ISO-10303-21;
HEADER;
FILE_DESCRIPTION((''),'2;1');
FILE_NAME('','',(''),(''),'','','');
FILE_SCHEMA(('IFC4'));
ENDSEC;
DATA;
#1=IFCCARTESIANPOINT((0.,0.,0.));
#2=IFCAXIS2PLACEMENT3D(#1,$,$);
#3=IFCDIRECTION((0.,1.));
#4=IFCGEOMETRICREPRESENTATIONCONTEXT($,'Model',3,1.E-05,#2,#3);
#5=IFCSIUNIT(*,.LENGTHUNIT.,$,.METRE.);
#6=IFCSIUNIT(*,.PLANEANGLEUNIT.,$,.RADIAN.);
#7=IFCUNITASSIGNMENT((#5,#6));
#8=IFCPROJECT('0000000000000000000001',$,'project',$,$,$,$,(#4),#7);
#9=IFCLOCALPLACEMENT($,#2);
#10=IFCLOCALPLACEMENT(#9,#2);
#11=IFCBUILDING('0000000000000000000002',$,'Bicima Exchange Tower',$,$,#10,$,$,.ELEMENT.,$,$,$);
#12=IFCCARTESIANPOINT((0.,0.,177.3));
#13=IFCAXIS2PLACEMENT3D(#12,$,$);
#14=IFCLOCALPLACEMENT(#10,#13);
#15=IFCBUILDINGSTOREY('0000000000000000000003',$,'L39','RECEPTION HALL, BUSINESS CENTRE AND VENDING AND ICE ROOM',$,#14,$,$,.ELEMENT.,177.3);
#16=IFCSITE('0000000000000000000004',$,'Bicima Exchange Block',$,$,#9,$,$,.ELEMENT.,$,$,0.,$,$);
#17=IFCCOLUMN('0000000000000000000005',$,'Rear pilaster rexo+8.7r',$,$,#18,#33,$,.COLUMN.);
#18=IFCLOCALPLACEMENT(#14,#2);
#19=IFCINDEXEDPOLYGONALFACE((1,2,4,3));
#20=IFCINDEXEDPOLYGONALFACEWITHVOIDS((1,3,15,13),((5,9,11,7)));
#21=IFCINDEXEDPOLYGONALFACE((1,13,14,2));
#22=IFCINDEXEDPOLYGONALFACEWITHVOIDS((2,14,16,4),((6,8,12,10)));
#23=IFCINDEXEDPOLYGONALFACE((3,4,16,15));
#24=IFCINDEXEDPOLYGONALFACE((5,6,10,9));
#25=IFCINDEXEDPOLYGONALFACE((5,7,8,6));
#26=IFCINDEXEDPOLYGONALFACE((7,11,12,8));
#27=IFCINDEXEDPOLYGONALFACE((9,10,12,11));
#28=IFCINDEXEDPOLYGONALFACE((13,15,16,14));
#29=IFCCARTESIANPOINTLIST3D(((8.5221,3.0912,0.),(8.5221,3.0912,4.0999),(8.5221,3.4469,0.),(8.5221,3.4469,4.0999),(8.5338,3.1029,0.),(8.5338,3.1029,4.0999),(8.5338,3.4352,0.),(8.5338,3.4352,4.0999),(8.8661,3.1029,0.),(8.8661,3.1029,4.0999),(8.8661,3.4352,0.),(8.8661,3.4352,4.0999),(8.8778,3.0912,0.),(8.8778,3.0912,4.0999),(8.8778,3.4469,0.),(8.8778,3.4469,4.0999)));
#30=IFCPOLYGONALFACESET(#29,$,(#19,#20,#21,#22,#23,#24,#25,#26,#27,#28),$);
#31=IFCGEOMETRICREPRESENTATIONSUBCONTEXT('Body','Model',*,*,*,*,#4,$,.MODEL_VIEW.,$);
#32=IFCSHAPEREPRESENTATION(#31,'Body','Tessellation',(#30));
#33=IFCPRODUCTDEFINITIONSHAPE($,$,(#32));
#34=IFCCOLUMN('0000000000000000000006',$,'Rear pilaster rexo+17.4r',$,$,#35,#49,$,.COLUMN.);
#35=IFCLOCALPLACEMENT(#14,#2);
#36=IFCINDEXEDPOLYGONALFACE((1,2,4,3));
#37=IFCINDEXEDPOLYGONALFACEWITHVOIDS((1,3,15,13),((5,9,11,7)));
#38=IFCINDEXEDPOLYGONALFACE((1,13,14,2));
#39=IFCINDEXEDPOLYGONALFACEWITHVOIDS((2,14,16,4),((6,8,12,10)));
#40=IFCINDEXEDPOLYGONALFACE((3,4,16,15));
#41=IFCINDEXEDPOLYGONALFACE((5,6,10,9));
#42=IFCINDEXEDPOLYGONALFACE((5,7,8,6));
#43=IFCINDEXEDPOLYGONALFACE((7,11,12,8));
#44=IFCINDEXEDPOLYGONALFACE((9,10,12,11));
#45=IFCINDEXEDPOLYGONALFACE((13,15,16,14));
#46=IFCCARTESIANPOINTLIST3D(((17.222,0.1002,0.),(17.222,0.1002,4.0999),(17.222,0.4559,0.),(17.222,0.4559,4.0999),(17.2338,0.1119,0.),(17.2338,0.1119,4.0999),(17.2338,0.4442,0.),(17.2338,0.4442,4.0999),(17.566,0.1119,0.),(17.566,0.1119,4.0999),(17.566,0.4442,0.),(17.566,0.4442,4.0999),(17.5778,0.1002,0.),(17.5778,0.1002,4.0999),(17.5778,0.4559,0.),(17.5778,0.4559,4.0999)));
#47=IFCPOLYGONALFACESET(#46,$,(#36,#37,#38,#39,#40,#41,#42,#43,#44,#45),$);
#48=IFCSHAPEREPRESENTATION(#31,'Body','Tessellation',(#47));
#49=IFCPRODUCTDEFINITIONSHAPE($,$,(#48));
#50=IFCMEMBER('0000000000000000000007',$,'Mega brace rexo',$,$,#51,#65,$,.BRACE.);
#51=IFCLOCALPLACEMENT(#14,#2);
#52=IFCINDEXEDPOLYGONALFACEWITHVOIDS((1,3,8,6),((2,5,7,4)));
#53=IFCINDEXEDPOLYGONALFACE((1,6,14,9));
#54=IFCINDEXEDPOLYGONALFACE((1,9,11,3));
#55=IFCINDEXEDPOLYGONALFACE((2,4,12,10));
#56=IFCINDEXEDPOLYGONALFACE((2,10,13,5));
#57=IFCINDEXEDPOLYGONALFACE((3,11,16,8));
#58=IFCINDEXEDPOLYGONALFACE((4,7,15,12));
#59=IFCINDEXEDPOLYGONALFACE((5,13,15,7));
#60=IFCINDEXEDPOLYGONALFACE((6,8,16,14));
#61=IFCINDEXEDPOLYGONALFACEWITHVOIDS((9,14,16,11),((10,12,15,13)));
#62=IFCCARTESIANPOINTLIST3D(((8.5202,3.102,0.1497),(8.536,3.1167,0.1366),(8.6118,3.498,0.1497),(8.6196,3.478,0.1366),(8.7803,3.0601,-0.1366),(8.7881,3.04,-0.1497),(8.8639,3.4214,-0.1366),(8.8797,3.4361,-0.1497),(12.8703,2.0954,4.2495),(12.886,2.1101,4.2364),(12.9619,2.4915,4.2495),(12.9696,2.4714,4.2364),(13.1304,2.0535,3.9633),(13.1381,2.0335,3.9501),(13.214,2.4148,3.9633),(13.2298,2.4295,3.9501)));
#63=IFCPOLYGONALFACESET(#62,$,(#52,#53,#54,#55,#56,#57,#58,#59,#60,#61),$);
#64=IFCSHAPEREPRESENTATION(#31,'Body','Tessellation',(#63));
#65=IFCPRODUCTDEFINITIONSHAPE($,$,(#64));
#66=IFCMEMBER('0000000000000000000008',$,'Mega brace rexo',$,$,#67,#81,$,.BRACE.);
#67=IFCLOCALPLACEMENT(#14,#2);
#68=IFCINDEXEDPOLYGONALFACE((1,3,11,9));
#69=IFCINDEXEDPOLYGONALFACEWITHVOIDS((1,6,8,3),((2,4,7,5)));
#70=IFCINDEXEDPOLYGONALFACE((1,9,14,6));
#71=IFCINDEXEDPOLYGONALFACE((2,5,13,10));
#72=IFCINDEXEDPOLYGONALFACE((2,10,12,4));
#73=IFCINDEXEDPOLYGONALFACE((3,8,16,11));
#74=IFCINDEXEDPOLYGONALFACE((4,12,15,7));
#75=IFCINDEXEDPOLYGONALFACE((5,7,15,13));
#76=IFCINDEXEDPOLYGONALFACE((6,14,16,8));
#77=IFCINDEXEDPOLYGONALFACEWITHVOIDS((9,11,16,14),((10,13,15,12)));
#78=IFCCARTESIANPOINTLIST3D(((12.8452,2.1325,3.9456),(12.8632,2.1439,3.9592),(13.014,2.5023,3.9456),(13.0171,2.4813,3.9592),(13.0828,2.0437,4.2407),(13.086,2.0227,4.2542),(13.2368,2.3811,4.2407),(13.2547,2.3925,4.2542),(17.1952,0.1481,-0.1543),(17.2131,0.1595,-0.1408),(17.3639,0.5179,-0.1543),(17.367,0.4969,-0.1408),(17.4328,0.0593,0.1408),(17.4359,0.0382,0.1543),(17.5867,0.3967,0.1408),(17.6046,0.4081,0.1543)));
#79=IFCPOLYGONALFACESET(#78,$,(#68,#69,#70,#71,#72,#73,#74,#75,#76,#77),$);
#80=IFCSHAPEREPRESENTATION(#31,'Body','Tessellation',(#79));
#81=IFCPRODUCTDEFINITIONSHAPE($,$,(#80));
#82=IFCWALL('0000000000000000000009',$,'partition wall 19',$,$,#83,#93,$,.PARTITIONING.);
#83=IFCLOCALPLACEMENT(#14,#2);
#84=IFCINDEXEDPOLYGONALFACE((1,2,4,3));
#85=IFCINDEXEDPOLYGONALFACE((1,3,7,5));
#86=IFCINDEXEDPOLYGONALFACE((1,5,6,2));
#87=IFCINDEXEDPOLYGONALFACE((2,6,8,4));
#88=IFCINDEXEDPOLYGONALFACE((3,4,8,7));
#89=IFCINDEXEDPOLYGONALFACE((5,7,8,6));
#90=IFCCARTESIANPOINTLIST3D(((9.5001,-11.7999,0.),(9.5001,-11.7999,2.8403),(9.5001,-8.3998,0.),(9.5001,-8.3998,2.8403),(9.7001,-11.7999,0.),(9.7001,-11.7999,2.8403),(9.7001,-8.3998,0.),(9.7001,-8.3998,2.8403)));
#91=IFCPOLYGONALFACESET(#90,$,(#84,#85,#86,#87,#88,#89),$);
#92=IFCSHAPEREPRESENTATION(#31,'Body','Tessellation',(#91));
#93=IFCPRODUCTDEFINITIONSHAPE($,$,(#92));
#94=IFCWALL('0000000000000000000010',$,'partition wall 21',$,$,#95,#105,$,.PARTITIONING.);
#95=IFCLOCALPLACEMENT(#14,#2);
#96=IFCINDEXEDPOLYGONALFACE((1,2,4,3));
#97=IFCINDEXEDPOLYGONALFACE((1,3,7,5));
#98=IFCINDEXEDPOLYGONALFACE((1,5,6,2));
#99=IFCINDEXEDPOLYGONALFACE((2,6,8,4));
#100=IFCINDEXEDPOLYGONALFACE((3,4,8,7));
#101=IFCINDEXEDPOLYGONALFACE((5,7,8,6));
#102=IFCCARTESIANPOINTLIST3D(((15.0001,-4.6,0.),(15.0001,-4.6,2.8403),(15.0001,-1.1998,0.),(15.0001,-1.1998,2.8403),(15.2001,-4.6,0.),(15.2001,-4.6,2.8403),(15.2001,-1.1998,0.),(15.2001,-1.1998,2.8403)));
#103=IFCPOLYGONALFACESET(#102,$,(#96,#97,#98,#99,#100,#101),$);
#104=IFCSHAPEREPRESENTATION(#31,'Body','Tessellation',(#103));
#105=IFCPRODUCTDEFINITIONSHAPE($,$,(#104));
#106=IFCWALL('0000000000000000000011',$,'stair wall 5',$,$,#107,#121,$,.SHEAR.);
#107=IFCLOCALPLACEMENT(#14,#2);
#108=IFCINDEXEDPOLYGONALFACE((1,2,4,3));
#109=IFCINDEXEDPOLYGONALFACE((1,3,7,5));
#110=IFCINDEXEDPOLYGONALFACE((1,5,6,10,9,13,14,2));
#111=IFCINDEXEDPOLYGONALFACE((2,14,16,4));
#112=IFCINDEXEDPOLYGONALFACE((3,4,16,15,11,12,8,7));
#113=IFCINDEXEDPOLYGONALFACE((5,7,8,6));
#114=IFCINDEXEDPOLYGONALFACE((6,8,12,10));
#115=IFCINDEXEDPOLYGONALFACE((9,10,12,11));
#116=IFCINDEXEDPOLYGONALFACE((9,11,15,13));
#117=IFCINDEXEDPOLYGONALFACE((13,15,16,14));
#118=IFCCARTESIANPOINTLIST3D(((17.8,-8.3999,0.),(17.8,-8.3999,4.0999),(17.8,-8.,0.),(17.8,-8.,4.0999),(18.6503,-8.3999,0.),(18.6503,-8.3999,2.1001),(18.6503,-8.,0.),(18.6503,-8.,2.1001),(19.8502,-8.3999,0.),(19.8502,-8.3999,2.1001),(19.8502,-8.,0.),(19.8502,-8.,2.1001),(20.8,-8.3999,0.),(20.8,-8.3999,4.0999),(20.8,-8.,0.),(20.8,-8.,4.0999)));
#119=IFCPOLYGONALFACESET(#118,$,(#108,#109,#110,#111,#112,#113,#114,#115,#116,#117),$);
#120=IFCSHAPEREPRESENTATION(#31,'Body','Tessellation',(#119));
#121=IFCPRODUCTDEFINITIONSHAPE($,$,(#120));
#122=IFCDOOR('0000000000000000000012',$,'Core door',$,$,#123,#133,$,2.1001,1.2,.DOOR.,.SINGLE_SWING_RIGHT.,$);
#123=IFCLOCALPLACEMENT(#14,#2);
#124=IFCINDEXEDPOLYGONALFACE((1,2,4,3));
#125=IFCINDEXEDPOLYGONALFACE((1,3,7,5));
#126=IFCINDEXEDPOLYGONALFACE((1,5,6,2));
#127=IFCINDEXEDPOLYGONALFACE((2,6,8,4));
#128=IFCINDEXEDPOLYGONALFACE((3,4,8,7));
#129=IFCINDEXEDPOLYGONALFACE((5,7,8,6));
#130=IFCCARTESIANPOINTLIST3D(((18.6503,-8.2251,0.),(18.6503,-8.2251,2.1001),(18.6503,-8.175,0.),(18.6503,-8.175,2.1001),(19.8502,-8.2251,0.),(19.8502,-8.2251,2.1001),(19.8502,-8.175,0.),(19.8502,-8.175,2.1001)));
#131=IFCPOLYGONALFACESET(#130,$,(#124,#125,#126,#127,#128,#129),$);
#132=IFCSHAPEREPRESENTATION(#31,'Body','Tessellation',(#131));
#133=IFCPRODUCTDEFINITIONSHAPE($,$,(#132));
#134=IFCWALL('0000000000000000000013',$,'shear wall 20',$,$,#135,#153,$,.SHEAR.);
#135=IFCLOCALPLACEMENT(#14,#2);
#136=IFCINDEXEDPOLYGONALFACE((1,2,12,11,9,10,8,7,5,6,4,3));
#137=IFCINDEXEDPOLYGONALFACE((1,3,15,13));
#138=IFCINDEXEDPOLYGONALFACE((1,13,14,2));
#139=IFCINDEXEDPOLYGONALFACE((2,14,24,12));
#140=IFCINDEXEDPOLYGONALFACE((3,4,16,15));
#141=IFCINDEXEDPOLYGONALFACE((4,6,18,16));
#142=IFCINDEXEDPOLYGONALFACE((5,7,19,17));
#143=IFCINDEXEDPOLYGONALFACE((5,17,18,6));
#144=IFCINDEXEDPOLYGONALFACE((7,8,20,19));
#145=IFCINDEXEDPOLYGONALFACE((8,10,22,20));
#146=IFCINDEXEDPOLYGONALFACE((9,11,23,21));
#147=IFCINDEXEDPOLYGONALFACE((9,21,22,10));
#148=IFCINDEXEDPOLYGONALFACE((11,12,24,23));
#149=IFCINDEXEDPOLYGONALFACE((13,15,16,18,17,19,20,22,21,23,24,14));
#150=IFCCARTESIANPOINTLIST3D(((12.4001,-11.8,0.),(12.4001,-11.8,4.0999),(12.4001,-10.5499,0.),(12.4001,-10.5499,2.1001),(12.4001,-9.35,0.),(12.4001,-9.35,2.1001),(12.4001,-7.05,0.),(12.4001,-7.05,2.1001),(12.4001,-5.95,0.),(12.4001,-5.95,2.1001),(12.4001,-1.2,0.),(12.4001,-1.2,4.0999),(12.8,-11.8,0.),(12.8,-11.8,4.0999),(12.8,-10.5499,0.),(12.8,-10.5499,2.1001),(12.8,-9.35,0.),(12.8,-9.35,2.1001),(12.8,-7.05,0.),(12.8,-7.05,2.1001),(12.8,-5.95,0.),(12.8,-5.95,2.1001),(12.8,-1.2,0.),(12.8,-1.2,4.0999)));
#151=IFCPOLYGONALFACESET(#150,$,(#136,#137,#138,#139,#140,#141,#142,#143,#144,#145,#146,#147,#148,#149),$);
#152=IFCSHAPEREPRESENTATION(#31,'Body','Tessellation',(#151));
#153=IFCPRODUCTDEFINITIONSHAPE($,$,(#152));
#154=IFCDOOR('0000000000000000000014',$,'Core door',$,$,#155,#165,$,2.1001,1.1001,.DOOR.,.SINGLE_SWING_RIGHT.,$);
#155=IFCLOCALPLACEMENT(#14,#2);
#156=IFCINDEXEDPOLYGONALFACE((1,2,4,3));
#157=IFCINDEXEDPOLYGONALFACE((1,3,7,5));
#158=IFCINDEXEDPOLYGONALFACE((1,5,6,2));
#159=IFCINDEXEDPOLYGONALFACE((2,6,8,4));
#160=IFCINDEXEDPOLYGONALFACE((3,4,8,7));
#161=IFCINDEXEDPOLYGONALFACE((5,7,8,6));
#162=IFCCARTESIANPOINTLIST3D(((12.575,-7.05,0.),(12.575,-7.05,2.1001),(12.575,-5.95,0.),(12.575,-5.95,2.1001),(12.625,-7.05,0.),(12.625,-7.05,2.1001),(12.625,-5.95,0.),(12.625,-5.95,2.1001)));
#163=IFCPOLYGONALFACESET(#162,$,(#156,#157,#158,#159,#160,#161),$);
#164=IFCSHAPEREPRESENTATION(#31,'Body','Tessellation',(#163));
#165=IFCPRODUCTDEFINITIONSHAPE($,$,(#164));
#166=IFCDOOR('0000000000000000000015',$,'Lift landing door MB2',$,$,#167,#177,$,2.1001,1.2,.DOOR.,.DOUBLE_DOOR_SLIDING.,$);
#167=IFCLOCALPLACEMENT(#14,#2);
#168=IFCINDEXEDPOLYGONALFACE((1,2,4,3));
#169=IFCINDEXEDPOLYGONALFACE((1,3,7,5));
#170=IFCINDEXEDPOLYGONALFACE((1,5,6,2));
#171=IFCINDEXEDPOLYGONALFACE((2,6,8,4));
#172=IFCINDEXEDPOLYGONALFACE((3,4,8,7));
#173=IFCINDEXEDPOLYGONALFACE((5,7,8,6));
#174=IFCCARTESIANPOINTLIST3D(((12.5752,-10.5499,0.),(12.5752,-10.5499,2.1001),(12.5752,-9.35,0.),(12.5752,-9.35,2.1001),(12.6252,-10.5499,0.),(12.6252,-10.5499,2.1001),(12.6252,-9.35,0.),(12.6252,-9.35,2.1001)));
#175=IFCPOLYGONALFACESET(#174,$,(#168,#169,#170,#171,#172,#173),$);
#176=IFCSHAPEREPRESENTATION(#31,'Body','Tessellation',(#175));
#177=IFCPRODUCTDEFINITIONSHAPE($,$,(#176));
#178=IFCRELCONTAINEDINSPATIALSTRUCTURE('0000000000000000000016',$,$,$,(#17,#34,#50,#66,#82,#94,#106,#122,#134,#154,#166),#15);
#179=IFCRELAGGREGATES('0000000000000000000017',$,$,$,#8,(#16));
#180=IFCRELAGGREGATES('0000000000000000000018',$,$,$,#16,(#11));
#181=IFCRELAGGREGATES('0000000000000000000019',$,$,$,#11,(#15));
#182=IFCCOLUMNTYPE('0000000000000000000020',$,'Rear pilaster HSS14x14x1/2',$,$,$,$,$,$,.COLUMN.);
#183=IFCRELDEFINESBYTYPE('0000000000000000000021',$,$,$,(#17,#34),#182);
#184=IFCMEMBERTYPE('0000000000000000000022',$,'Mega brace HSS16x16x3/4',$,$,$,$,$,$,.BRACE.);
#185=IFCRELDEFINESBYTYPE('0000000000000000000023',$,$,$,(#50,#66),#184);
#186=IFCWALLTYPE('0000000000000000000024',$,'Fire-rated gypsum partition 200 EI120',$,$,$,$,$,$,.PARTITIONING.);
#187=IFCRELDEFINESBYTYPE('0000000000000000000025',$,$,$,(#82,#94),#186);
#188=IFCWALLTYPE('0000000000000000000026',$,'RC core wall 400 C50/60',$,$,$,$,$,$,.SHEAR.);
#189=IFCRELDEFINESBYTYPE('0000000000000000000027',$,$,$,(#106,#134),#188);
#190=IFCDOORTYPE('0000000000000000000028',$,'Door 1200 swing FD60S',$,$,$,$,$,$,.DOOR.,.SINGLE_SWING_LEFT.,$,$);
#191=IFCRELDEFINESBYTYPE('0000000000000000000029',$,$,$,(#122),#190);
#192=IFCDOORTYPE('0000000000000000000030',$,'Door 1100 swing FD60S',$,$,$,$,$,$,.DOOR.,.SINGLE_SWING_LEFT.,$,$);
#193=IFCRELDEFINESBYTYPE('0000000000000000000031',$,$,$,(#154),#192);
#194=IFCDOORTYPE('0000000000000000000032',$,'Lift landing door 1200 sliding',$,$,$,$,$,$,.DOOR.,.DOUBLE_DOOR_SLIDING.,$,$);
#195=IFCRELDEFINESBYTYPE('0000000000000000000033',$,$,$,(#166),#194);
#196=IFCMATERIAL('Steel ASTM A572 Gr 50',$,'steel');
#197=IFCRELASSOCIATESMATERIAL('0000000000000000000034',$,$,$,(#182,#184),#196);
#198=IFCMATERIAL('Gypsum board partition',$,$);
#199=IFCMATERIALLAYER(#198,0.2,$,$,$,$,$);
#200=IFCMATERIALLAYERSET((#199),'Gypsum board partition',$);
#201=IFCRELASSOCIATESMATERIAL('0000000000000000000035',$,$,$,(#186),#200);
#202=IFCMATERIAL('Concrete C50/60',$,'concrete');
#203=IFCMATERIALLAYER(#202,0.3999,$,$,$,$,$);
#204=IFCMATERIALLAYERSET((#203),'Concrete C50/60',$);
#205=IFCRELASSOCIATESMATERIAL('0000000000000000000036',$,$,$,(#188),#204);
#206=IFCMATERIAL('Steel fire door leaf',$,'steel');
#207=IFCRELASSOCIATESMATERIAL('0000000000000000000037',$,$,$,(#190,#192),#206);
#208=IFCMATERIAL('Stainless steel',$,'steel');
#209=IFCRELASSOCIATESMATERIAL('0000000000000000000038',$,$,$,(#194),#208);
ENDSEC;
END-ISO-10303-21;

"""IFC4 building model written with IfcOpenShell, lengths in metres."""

from ifc_helpers import new_model, si_unit, direction, frame, frame_2d, origin, origin_2d, place, context, subcontext, project, spatial, rectangle, hollow_rectangle, extrude, material, layer, layer_set, material_profile, profile_set, type_object, element, fill, save


model = new_model("IFC4")

# Units and contexts
model_context = context("Model", 3, precision=1e-05, world=origin(), true_north=direction((0.0, 1.0)))
body_context = subcontext(model_context, "Body", "Model", "MODEL_VIEW")
ifc_project = project(units=[si_unit("LENGTHUNIT", "METRE"), si_unit("PLANEANGLEUNIT", "RADIAN")], contexts=[model_context])

# Site, building, storey
site_placement = place(None, origin())
site = spatial("IfcSite", under=ifc_project, at=site_placement, Name="Bicima Exchange Block", CompositionType="ELEMENT", RefElevation=0.0)
building_placement = place(site_placement, origin())
building = spatial("IfcBuilding", under=site, at=building_placement, Name="Bicima Exchange Tower", CompositionType="ELEMENT")
storey_placement = place(building_placement, frame((0.0, 0.0, 177.3)))
storey = spatial("IfcBuildingStorey", under=building, at=storey_placement, Name="L39", Description="RECEPTION HALL, BUSINESS CENTRE AND VENDING AND ICE ROOM", CompositionType="ELEMENT", Elevation=177.3)

# Columns
ifc_material_1 = material(Name="Steel ASTM A572 Gr 50", Category="steel")
ifc_material_profile_1 = material_profile(ifc_material_1, hollow_rectangle(XDim=0.3557, YDim=0.3557, WallThickness=0.0117, at=origin_2d()))
ifc_profile_set_1 = profile_set([ifc_material_profile_1], Name="Steel ASTM A572 Gr 50")
column_type = type_object("IfcColumnType", Name="Rear pilaster HSS14x14x1/2", PredefinedType="COLUMN", material=ifc_profile_set_1)
for number, where, z_axis, x_axis, name in (
    (1, (8.7, 3.269, 0.0), (0.0, 0.0, 1.0), (1.0, 0.0, 0.0), "Rear pilaster rexo+8.7r"),
    (2, (17.3999, 0.2781, 0.0), (0.0, 0.0, 1.0), (1.0, 0.0, 0.0), "Rear pilaster rexo+17.4r"),
):
    element("IfcColumn", number, at=place(storey_placement, frame(where, z_axis=z_axis, x_axis=x_axis)), inside=storey, type_object=column_type, Name=name, PredefinedType="COLUMN", context=body_context, shape_type="SweptSolid", body=[
        extrude(hollow_rectangle(XDim=0.3557, YDim=0.3557, WallThickness=0.0117, at=origin_2d()), origin(), (0.0, 0.0, 1.0), 4.0999),
    ])

# Members
ifc_material_profile_2 = material_profile(ifc_material_1, hollow_rectangle(XDim=0.4065, YDim=0.4065, WallThickness=0.0178, at=origin_2d()))
ifc_profile_set_2 = profile_set([ifc_material_profile_2], Name="Steel ASTM A572 Gr 50")
member_type = type_object("IfcMemberType", Name="Mega brace HSS16x16x3/4", PredefinedType="BRACE", material=ifc_profile_set_2)
member_1_placement = place(storey_placement, frame((8.7, 3.269, 0.0), z_axis=(0.717625, -0.166055, 0.676343), x_axis=(0.225439, 0.974257, 0.0)))
element("IfcMember", 3, at=member_1_placement, inside=storey, type_object=member_type, Name="Mega brace rexo", PredefinedType="BRACE", context=body_context, shape_type="SweptSolid", body=[
    extrude(hollow_rectangle(XDim=0.4065, YDim=0.4065, WallThickness=0.0178, at=origin_2d()), origin(), (0.0, 0.0, 1.0), 6.0618),
])
member_2_placement = place(storey_placement, frame((17.3999, 0.2781, 0.0), z_axis=(-0.690646, 0.315068, 0.650953), x_axis=(-0.415045, -0.909801, 0.0)))
element("IfcMember", 4, at=member_2_placement, inside=storey, type_object=member_type, Name="Mega brace rexo", PredefinedType="BRACE", context=body_context, shape_type="SweptSolid", body=[
    extrude(hollow_rectangle(XDim=0.4065, YDim=0.4065, WallThickness=0.0178, at=origin_2d()), origin(), (0.0, 0.0, 1.0), 6.2983),
])

# Walls
ifc_material_2 = material(Name="Gypsum board partition")
ifc_layer_1 = layer(ifc_material_2, 0.2)
ifc_layer_set_1 = layer_set([ifc_layer_1], Name="Gypsum board partition")
wall_type_1 = type_object("IfcWallType", Name="Fire-rated gypsum partition 200 EI120", PredefinedType="PARTITIONING", material=ifc_layer_set_1)
for number, where, z_axis, x_axis, name in (
    (5, (9.6001, -11.8, 0.0), (0.0, 0.0, 1.0), (0.0, 1.0, 0.0), "partition wall 19"),
    (6, (15.1001, -4.6001, 0.0), (0.0, 0.0, 1.0), (0.0, 1.0, 0.0), "partition wall 21"),
):
    element("IfcWall", number, at=place(storey_placement, frame(where, z_axis=z_axis, x_axis=x_axis)), inside=storey, type_object=wall_type_1, Name=name, PredefinedType="PARTITIONING", context=body_context, shape_type="SweptSolid", body=[
        extrude(rectangle(XDim=3.4001, YDim=0.2, at=frame_2d((1.7002, 0.0))), origin(), (0.0, 0.0, 1.0), 2.8403),
    ])

# Wall, opening, door
ifc_material_3 = material(Name="Concrete C50/60", Category="concrete")
ifc_layer_2 = layer(ifc_material_3, 0.3999)
ifc_layer_set_2 = layer_set([ifc_layer_2], Name="Concrete C50/60")
wall_type_2 = type_object("IfcWallType", Name="RC core wall 400 C50/60", PredefinedType="SHEAR", material=ifc_layer_set_2)
wall_1_placement = place(storey_placement, frame((17.8, -8.2, 0.0), z_axis=(0.0, 0.0, 1.0), x_axis=(1.0, 0.0, 0.0)))
wall_1 = element("IfcWall", 7, at=wall_1_placement, inside=storey, type_object=wall_type_2, Name="stair wall 5", PredefinedType="SHEAR", context=body_context, shape_type="SweptSolid", body=[
    extrude(rectangle(XDim=3.0, YDim=0.3999, at=frame_2d((1.5, 0.0))), origin(), (0.0, 0.0, 1.0), 4.0999),
])
opening_1_placement = place(wall_1_placement, frame((0.8501, 0.0, 0.0)))
opening_1 = element("IfcOpeningElement", 8, at=opening_1_placement, cuts=wall_1, PredefinedType="OPENING", context=body_context, shape_type="SweptSolid", body=[
    extrude(rectangle(XDim=1.2, YDim=2.1001, at=frame_2d((0.6001, 1.05))), frame((0.0, 0.2119, 0.0), z_axis=(0.0, -1.0, 0.0), x_axis=(1.0, 0.0, 0.0)), (0.0, 0.0, 1.0), 0.4238),
])
ifc_material_4 = material(Name="Steel fire door leaf", Category="steel")
door_type_1 = type_object("IfcDoorType", Name="Door 1200 swing FD60S", OperationType="SINGLE_SWING_LEFT", PredefinedType="DOOR", material=ifc_material_4)
door_1_placement = place(opening_1_placement, origin())
door_1 = element("IfcDoor", 9, at=door_1_placement, inside=storey, type_object=door_type_1, Name="Core door", OperationType="SINGLE_SWING_RIGHT", OverallHeight=2.1001, OverallWidth=1.2, PredefinedType="DOOR", context=body_context, shape_type="SweptSolid", body=[
    extrude(rectangle(XDim=1.2, YDim=2.1001, at=frame_2d((0.6001, 1.05))), frame((0.0, 0.0249, 0.0), z_axis=(0.0, -1.0, 0.0), x_axis=(1.0, 0.0, 0.0)), (0.0, 0.0, 1.0), 0.05),
])
fill(opening_1, door_1)

# Wall, openings, doors
wall_2_placement = place(storey_placement, frame((12.6001, -11.8, 0.0), z_axis=(0.0, 0.0, 1.0), x_axis=(0.0, 1.0, 0.0)))
wall_2 = element("IfcWall", 10, at=wall_2_placement, inside=storey, type_object=wall_type_2, Name="shear wall 20", PredefinedType="SHEAR", context=body_context, shape_type="SweptSolid", body=[
    extrude(rectangle(XDim=10.6001, YDim=0.3999, at=frame_2d((5.3, 0.0))), origin(), (0.0, 0.0, 1.0), 4.0999),
])
opening_2_placement = place(wall_2_placement, frame((1.25, 0.0, 0.0)))
opening_2 = element("IfcOpeningElement", 11, at=opening_2_placement, cuts=wall_2, PredefinedType="OPENING", context=body_context, shape_type="SweptSolid", body=[
    extrude(rectangle(XDim=1.2, YDim=2.1001, at=frame_2d((0.6001, 1.05))), frame((0.0, 0.2119, 0.0), z_axis=(0.0, -1.0, 0.0), x_axis=(1.0, 0.0, 0.0)), (0.0, 0.0, 1.0), 0.4238),
])
opening_3_placement = place(wall_2_placement, frame((4.75, 0.0, 0.0)))
opening_3 = element("IfcOpeningElement", 12, at=opening_3_placement, cuts=wall_2, PredefinedType="OPENING", context=body_context, shape_type="SweptSolid", body=[
    extrude(rectangle(XDim=1.1001, YDim=2.1001, at=frame_2d((0.55, 1.05))), frame((0.0, 0.2119, 0.0), z_axis=(0.0, -1.0, 0.0), x_axis=(1.0, 0.0, 0.0)), (0.0, 0.0, 1.0), 0.4238),
])
door_type_2 = type_object("IfcDoorType", Name="Door 1100 swing FD60S", OperationType="SINGLE_SWING_LEFT", PredefinedType="DOOR", material=ifc_material_4)
door_2_placement = place(opening_3_placement, frame((1.1001, 0.0, 0.0), z_axis=(0.0, 0.0, 1.0), x_axis=(-1.0, 0.0, 0.0)))
door_2 = element("IfcDoor", 13, at=door_2_placement, inside=storey, type_object=door_type_2, Name="Core door", OperationType="SINGLE_SWING_RIGHT", OverallHeight=2.1001, OverallWidth=1.1001, PredefinedType="DOOR", context=body_context, shape_type="SweptSolid", body=[
    extrude(rectangle(XDim=1.1001, YDim=2.1001, at=frame_2d((0.55, 1.05))), frame((0.0, 0.0249, 0.0), z_axis=(0.0, -1.0, 0.0), x_axis=(1.0, 0.0, 0.0)), (0.0, 0.0, 1.0), 0.05),
])
fill(opening_3, door_2)
ifc_material_5 = material(Name="Stainless steel", Category="steel")
door_type_3 = type_object("IfcDoorType", Name="Lift landing door 1200 sliding", OperationType="DOUBLE_DOOR_SLIDING", PredefinedType="DOOR", material=ifc_material_5)
door_3_placement = place(opening_2_placement, origin())
door_3 = element("IfcDoor", 14, at=door_3_placement, inside=storey, type_object=door_type_3, Name="Lift landing door MB2", OperationType="DOUBLE_DOOR_SLIDING", OverallHeight=2.1001, OverallWidth=1.2, PredefinedType="DOOR", context=body_context, shape_type="SweptSolid", body=[
    extrude(rectangle(XDim=1.2, YDim=2.1001, at=frame_2d((0.6001, 1.05))), frame((0.0, 0.0249, 0.0), z_axis=(0.0, -1.0, 0.0), x_axis=(1.0, 0.0, 0.0)), (0.0, 0.0, 1.0), 0.05),
])
fill(opening_2, door_3)

save(model, "model.ifc")
